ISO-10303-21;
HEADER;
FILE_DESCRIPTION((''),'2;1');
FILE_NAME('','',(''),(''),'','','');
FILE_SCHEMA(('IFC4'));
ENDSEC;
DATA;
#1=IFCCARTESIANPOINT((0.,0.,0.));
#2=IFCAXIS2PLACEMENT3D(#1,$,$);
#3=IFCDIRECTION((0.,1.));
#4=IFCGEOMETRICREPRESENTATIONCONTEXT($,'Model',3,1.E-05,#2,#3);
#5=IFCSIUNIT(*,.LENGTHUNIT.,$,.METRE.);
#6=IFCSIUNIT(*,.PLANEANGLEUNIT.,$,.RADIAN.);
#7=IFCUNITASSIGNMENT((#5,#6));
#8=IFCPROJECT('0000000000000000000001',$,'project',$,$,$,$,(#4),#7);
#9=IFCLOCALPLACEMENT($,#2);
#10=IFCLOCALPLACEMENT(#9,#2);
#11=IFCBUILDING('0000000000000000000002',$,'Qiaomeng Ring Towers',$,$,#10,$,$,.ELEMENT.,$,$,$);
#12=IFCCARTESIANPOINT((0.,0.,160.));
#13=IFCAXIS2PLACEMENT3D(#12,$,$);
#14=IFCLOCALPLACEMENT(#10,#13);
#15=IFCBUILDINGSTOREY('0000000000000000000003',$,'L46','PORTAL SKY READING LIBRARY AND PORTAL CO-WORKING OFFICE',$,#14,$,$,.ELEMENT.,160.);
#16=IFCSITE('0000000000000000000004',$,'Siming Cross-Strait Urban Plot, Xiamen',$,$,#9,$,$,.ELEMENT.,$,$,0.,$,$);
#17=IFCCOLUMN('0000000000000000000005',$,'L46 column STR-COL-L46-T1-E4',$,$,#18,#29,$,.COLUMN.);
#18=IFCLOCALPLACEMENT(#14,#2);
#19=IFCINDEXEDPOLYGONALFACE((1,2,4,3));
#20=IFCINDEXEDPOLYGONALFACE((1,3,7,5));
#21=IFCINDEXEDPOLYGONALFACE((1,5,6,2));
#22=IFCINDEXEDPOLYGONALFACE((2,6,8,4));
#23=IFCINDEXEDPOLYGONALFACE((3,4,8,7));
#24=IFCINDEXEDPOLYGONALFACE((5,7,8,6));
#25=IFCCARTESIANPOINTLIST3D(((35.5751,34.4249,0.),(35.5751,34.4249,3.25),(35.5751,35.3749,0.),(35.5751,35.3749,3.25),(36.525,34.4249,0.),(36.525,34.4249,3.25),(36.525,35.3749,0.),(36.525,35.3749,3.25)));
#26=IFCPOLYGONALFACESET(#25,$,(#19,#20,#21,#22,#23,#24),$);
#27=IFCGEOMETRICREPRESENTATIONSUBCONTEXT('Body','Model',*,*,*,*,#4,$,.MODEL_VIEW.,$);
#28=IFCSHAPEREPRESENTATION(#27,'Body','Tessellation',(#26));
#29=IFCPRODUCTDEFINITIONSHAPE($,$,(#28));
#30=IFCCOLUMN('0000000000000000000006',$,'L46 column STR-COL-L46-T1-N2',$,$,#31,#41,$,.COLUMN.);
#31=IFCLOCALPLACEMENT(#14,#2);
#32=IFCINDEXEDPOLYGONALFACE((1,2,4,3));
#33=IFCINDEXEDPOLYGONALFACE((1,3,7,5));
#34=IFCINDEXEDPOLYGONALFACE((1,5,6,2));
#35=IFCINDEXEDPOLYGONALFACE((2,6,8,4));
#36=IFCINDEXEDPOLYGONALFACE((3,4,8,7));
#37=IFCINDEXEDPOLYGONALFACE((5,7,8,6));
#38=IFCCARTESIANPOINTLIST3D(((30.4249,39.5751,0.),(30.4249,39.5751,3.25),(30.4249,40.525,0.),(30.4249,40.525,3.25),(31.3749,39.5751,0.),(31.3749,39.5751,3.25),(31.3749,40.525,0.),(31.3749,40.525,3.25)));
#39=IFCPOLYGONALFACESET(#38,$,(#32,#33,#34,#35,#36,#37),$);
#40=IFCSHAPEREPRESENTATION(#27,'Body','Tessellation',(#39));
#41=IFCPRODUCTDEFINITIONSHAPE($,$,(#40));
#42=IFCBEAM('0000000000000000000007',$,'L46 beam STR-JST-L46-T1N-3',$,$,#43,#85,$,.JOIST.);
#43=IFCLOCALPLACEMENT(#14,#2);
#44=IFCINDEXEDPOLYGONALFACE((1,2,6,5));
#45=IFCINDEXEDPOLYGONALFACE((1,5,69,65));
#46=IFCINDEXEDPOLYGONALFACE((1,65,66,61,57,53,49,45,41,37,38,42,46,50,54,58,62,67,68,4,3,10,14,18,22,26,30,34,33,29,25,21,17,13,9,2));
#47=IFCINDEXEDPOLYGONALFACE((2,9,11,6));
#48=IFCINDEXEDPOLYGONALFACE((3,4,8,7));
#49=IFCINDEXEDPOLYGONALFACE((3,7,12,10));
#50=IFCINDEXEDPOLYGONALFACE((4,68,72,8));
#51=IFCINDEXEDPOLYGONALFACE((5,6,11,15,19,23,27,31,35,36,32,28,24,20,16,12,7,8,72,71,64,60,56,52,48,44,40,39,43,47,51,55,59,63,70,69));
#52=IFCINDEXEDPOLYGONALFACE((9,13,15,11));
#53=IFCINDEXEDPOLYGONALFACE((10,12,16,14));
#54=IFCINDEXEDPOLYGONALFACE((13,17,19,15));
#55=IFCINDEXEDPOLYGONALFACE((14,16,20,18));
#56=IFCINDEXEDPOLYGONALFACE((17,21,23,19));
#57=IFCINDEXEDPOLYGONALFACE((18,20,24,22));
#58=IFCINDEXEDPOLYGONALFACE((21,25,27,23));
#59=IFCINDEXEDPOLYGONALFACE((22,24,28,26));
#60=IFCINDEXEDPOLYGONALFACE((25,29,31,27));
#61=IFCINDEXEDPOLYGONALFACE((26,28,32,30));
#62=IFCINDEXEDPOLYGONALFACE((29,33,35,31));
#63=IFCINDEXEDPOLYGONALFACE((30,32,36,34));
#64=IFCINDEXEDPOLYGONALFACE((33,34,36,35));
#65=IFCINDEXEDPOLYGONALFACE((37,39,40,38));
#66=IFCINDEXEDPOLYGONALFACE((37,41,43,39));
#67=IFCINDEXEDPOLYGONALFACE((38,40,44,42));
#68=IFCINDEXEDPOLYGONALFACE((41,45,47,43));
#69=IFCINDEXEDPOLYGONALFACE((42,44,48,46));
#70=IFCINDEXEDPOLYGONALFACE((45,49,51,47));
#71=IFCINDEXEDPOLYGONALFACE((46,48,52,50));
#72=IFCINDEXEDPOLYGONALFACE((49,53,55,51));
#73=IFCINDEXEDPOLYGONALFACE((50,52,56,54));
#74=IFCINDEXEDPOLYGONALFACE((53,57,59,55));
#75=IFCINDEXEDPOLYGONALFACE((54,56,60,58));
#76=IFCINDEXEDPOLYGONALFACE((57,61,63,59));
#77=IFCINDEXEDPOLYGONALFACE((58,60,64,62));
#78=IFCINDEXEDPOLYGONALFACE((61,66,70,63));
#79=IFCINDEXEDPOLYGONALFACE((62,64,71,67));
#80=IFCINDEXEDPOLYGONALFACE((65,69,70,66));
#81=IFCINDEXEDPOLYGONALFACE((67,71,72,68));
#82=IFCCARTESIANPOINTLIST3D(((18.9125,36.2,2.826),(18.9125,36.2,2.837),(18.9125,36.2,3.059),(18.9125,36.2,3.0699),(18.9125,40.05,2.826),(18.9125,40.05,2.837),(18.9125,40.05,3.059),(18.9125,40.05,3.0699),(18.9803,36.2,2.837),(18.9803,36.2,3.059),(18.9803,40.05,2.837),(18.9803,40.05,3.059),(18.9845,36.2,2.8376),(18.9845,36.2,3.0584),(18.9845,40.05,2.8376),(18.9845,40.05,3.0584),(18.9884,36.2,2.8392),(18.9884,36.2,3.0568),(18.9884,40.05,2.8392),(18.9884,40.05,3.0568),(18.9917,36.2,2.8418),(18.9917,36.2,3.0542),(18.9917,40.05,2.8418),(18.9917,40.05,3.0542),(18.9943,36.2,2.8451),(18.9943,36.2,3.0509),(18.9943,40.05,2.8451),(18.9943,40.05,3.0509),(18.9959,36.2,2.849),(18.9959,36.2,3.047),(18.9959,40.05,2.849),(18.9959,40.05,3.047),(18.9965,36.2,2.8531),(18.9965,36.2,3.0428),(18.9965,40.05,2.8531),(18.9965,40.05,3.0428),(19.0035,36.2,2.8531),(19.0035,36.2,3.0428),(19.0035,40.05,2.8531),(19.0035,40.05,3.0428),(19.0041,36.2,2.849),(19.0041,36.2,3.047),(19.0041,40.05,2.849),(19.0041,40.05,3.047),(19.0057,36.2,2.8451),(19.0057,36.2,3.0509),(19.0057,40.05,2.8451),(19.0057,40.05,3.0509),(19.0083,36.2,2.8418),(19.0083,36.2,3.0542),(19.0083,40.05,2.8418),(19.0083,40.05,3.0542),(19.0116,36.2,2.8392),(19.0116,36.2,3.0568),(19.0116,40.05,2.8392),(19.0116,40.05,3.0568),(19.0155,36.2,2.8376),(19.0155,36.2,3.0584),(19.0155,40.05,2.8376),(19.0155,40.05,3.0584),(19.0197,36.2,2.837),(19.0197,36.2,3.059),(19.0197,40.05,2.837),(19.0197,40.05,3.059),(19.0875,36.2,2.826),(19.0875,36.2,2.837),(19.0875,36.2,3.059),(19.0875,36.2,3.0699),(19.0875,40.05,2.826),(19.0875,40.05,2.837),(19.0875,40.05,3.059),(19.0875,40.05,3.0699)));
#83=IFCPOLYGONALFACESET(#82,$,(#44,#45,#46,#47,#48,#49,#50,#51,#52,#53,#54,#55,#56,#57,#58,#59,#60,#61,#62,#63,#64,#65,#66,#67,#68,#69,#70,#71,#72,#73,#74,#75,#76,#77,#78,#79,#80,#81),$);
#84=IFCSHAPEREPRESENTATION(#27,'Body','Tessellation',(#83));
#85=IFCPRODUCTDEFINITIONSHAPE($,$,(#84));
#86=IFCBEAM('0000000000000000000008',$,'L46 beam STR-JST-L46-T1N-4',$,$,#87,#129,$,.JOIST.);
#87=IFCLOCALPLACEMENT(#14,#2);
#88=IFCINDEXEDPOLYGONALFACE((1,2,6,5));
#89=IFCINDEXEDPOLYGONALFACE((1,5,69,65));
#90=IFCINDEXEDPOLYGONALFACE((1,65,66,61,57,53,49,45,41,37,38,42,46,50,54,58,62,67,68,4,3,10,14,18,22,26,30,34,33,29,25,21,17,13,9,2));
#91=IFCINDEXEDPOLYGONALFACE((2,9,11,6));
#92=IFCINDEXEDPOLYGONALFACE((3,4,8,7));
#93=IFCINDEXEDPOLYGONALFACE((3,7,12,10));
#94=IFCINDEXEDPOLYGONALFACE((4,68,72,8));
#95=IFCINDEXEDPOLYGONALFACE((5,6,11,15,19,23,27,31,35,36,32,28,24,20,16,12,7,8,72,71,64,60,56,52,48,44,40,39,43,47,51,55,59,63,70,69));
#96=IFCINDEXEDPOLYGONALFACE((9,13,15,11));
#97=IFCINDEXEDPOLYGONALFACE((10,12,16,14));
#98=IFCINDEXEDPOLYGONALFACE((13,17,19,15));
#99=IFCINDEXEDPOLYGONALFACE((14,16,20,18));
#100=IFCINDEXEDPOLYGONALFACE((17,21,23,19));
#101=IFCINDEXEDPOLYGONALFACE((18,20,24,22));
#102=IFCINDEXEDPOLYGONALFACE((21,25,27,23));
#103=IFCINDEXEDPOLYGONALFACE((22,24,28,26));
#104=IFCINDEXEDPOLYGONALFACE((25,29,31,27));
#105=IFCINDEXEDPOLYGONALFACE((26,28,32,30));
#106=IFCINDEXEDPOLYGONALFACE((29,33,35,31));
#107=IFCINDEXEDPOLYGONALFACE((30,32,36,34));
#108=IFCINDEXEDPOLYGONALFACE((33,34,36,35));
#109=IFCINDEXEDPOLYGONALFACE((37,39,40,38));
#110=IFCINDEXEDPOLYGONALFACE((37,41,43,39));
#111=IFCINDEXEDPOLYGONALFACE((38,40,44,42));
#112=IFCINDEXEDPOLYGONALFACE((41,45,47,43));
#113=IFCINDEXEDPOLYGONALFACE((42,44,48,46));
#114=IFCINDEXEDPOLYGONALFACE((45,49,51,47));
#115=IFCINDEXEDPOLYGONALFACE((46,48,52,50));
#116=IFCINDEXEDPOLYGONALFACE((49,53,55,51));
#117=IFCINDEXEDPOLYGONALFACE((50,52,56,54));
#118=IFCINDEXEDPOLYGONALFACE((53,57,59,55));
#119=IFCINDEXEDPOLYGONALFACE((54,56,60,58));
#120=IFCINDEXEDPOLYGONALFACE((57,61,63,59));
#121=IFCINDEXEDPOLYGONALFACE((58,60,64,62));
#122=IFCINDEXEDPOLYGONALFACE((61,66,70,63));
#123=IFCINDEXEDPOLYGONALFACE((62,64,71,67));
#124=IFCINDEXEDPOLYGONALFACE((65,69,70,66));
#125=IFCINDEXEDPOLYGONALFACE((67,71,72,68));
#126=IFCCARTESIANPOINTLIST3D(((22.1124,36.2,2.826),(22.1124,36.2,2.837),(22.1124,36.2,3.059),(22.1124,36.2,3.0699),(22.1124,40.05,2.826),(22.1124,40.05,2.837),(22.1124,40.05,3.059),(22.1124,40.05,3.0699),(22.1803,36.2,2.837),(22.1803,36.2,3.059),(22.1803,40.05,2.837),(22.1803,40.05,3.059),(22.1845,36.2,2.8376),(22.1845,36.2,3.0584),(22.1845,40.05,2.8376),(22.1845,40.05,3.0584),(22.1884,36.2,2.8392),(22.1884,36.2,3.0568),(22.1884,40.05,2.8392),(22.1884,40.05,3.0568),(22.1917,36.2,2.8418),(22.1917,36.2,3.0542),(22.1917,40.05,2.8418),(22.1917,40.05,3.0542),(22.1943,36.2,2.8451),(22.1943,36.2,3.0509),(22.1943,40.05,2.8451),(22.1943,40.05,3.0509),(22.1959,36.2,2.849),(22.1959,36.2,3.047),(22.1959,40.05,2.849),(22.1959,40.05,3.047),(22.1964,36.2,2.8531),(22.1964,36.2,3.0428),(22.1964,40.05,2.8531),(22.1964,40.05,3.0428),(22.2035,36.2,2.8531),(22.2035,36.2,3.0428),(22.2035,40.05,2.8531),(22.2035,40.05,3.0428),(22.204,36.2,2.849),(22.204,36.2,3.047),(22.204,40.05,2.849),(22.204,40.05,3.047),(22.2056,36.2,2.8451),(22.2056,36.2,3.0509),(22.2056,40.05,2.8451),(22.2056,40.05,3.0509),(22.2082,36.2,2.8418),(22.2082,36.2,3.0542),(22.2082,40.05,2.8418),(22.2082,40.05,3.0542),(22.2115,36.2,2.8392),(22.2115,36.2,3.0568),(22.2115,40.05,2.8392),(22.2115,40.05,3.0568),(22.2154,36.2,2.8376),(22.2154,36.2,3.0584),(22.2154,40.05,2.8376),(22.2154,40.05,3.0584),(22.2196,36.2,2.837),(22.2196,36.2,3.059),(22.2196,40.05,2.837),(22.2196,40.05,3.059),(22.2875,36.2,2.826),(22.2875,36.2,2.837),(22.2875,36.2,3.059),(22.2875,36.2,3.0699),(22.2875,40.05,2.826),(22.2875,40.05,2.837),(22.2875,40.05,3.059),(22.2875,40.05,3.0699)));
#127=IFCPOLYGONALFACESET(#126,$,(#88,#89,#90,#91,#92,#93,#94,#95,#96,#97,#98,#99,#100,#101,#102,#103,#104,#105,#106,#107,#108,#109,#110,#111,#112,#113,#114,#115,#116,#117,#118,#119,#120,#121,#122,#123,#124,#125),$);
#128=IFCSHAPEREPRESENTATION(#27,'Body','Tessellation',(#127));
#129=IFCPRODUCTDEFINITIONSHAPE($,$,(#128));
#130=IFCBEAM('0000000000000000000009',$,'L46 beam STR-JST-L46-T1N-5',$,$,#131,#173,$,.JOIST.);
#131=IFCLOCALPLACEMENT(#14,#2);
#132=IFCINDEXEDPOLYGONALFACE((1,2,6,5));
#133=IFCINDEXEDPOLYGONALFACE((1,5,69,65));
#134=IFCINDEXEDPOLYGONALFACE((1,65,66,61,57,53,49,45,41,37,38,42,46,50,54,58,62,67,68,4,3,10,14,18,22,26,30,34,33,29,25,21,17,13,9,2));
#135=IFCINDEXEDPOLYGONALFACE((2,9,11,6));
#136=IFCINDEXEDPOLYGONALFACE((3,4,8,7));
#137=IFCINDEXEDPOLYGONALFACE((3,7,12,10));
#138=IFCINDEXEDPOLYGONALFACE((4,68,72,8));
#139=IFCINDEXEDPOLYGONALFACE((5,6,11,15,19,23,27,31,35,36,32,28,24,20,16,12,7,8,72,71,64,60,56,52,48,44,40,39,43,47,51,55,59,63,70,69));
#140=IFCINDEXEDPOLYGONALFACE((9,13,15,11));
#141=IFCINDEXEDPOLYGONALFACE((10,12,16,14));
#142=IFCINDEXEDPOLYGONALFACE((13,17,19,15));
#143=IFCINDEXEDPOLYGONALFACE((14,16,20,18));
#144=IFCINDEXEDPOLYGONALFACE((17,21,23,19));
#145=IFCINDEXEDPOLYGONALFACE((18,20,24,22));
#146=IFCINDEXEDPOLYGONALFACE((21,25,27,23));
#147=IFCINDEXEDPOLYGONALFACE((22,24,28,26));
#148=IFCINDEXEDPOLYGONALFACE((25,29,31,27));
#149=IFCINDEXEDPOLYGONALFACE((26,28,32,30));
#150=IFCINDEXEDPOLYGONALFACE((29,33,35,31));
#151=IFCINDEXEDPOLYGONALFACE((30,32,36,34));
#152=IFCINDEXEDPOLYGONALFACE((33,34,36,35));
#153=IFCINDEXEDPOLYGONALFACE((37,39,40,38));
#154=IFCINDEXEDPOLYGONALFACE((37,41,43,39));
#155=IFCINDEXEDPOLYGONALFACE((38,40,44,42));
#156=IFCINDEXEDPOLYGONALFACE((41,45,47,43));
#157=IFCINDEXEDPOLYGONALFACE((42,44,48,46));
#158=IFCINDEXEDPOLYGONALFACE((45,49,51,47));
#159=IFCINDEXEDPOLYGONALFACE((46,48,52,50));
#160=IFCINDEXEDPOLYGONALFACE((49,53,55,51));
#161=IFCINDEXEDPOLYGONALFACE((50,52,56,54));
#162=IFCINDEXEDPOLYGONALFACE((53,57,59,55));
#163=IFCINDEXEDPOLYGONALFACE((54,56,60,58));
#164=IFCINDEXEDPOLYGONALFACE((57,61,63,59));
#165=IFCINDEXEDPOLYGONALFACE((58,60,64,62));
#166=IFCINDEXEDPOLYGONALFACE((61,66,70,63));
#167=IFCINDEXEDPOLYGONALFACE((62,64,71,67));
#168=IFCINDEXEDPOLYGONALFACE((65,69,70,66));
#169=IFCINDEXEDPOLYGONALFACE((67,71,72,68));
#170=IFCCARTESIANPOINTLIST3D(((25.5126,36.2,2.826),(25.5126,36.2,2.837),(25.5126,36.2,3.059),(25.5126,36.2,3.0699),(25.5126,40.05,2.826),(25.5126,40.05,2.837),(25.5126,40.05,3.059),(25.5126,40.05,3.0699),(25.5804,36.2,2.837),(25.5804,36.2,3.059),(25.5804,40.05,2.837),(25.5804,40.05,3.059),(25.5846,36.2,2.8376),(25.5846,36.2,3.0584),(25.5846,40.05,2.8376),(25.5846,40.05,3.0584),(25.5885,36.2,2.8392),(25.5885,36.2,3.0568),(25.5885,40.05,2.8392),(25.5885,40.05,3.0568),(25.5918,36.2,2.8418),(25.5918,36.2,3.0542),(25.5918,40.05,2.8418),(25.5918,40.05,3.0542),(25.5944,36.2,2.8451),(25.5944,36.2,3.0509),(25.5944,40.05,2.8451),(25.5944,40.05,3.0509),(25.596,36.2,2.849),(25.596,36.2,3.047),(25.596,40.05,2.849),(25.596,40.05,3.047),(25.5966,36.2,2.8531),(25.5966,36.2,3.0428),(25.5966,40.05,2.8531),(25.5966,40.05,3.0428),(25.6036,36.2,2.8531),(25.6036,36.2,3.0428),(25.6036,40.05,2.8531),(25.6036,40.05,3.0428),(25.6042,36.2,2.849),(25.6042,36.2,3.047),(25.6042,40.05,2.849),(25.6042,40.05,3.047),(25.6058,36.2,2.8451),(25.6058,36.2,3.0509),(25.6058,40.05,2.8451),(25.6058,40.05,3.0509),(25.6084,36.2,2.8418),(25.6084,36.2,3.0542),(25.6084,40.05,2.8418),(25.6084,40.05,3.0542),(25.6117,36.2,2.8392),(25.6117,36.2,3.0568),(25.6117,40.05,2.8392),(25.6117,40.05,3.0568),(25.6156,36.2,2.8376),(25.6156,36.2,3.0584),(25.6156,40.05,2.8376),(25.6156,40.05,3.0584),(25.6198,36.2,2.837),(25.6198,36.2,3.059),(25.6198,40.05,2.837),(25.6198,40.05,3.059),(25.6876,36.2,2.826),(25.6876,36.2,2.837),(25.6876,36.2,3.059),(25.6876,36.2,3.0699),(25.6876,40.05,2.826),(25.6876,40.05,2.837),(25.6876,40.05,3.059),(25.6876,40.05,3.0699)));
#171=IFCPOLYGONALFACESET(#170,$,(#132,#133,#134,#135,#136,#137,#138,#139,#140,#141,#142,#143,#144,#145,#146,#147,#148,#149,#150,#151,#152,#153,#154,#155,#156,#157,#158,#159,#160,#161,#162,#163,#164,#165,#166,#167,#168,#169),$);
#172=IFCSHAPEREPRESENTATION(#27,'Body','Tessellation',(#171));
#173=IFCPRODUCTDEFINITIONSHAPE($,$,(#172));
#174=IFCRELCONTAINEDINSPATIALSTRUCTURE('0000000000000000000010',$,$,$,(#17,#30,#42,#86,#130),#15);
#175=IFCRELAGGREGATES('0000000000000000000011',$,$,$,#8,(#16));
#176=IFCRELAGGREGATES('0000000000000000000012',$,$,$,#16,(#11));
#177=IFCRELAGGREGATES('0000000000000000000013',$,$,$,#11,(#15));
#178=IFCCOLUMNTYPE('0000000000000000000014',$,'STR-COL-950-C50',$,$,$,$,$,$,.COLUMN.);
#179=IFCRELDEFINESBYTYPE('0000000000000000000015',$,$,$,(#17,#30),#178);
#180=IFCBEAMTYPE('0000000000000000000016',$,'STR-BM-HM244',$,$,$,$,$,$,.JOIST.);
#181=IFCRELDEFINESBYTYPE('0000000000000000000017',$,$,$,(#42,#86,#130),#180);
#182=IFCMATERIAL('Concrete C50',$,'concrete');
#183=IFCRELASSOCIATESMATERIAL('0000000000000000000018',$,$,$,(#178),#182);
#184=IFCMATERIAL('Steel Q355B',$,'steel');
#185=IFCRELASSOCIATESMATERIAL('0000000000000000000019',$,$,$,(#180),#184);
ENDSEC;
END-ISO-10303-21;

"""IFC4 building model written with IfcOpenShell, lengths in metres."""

from ifc_helpers import new_model, si_unit, direction, frame, origin, origin_2d, place, context, subcontext, project, spatial, rectangle, i_section, extrude, source, transform, mapped, material, material_profile, profile_set, type_object, element, save


model = new_model("IFC4")

# Units and contexts
model_context = context("Model", 3, precision=1e-05, world=origin(), true_north=direction((0.0, 1.0)))
body_context = subcontext(model_context, "Body", "Model", "MODEL_VIEW")
ifc_project = project(units=[si_unit("LENGTHUNIT", "METRE"), si_unit("PLANEANGLEUNIT", "RADIAN")], contexts=[model_context])

# Site, building, storey
site_placement = place(None, origin())
site = spatial("IfcSite", under=ifc_project, at=site_placement, Name="Siming Cross-Strait Urban Plot, Xiamen", CompositionType="ELEMENT", RefElevation=0.0)
building_placement = place(site_placement, origin())
building = spatial("IfcBuilding", under=site, at=building_placement, Name="Qiaomeng Ring Towers", CompositionType="ELEMENT")
storey_placement = place(building_placement, frame((0.0, 0.0, 160.0)))
storey = spatial("IfcBuildingStorey", under=building, at=storey_placement, Name="L46", Description="PORTAL SKY READING LIBRARY AND PORTAL CO-WORKING OFFICE", CompositionType="ELEMENT", Elevation=160.0)

# Columns
ifc_material_1 = material(Name="Concrete C50", Category="concrete")
ifc_material_profile_1 = material_profile(ifc_material_1, rectangle(XDim=0.95, YDim=0.95, at=origin_2d()), Name="RC COL 950x950")
ifc_profile_set_1 = profile_set([ifc_material_profile_1], Name="Concrete C50")
column_type = type_object("IfcColumnType", Name="STR-COL-950-C50", PredefinedType="COLUMN", material=ifc_profile_set_1)
shared_shape_1 = source(origin(), body_context, "Body", "SweptSolid", [
    extrude(rectangle(XDim=0.95, YDim=0.95, at=origin_2d()), origin(), (0.0, 0.0, 1.0), 3.25),
])
for number, where, z_axis, x_axis, name in (
    (1, (36.05, 34.8999, 0.0), (0.0, 0.0, 1.0), (1.0, 0.0, 0.0), "L46 column STR-COL-L46-T1-E4"),
    (2, (30.8999, 40.05, 0.0), (0.0, 0.0, 1.0), (1.0, 0.0, 0.0), "L46 column STR-COL-L46-T1-N2"),
):
    element("IfcColumn", number, at=place(storey_placement, frame(where, z_axis=z_axis, x_axis=x_axis)), inside=storey, type_object=column_type, Name=name, PredefinedType="COLUMN", context=body_context, shape_type="MappedRepresentation", body=[
        mapped(shared_shape_1, transform((0.0, 0.0, 0.0), x_axis=(1.0, 0.0, 0.0), y_axis=(0.0, 1.0, 0.0), z_axis=(0.0, 0.0, 1.0), scale=1.0)),
    ])

# Beams
ifc_material_2 = material(Name="Steel Q355B", Category="steel")
ifc_material_profile_2 = material_profile(ifc_material_2, i_section(OverallWidth=0.175, OverallDepth=0.2439, WebThickness=0.0071, FlangeThickness=0.011, FilletRadius=0.0161, at=origin_2d()), Name="HM 244x175x7x11")
ifc_profile_set_2 = profile_set([ifc_material_profile_2], Name="Steel Q355B")
beam_type_1 = type_object("IfcBeamType", Name="STR-BM-HM244", PredefinedType="JOIST", material=ifc_profile_set_2)
shared_shape_2 = source(origin(), body_context, "Body", "SweptSolid", [
    extrude(i_section(OverallWidth=0.175, OverallDepth=0.2439, WebThickness=0.0071, FlangeThickness=0.011, FilletRadius=0.0161, at=origin_2d()), origin(), (0.0, 0.0, 1.0), 3.8501),
])
for number, where, z_axis, x_axis, name in (
    (3, (19.0, 36.2, 2.948), (0.0, 1.0, 0.0), (-1.0, 0.0, 0.0), "L46 beam STR-JST-L46-T1N-3"),
    (4, (22.2, 36.2, 2.948), (0.0, 1.0, 0.0), (-1.0, 0.0, 0.0), "L46 beam STR-JST-L46-T1N-4"),
    (5, (25.6001, 36.2, 2.948), (0.0, 1.0, 0.0), (-1.0, 0.0, 0.0), "L46 beam STR-JST-L46-T1N-5"),
):
    element("IfcBeam", number, at=place(storey_placement, frame(where, z_axis=z_axis, x_axis=x_axis)), inside=storey, type_object=beam_type_1, Name=name, PredefinedType="JOIST", context=body_context, shape_type="MappedRepresentation", body=[
        mapped(shared_shape_2, transform((0.0, 0.0, 0.0), x_axis=(1.0, 0.0, 0.0), y_axis=(0.0, 1.0, 0.0), z_axis=(0.0, 0.0, 1.0), scale=1.0)),
    ])

save(model, "model.ifc")
